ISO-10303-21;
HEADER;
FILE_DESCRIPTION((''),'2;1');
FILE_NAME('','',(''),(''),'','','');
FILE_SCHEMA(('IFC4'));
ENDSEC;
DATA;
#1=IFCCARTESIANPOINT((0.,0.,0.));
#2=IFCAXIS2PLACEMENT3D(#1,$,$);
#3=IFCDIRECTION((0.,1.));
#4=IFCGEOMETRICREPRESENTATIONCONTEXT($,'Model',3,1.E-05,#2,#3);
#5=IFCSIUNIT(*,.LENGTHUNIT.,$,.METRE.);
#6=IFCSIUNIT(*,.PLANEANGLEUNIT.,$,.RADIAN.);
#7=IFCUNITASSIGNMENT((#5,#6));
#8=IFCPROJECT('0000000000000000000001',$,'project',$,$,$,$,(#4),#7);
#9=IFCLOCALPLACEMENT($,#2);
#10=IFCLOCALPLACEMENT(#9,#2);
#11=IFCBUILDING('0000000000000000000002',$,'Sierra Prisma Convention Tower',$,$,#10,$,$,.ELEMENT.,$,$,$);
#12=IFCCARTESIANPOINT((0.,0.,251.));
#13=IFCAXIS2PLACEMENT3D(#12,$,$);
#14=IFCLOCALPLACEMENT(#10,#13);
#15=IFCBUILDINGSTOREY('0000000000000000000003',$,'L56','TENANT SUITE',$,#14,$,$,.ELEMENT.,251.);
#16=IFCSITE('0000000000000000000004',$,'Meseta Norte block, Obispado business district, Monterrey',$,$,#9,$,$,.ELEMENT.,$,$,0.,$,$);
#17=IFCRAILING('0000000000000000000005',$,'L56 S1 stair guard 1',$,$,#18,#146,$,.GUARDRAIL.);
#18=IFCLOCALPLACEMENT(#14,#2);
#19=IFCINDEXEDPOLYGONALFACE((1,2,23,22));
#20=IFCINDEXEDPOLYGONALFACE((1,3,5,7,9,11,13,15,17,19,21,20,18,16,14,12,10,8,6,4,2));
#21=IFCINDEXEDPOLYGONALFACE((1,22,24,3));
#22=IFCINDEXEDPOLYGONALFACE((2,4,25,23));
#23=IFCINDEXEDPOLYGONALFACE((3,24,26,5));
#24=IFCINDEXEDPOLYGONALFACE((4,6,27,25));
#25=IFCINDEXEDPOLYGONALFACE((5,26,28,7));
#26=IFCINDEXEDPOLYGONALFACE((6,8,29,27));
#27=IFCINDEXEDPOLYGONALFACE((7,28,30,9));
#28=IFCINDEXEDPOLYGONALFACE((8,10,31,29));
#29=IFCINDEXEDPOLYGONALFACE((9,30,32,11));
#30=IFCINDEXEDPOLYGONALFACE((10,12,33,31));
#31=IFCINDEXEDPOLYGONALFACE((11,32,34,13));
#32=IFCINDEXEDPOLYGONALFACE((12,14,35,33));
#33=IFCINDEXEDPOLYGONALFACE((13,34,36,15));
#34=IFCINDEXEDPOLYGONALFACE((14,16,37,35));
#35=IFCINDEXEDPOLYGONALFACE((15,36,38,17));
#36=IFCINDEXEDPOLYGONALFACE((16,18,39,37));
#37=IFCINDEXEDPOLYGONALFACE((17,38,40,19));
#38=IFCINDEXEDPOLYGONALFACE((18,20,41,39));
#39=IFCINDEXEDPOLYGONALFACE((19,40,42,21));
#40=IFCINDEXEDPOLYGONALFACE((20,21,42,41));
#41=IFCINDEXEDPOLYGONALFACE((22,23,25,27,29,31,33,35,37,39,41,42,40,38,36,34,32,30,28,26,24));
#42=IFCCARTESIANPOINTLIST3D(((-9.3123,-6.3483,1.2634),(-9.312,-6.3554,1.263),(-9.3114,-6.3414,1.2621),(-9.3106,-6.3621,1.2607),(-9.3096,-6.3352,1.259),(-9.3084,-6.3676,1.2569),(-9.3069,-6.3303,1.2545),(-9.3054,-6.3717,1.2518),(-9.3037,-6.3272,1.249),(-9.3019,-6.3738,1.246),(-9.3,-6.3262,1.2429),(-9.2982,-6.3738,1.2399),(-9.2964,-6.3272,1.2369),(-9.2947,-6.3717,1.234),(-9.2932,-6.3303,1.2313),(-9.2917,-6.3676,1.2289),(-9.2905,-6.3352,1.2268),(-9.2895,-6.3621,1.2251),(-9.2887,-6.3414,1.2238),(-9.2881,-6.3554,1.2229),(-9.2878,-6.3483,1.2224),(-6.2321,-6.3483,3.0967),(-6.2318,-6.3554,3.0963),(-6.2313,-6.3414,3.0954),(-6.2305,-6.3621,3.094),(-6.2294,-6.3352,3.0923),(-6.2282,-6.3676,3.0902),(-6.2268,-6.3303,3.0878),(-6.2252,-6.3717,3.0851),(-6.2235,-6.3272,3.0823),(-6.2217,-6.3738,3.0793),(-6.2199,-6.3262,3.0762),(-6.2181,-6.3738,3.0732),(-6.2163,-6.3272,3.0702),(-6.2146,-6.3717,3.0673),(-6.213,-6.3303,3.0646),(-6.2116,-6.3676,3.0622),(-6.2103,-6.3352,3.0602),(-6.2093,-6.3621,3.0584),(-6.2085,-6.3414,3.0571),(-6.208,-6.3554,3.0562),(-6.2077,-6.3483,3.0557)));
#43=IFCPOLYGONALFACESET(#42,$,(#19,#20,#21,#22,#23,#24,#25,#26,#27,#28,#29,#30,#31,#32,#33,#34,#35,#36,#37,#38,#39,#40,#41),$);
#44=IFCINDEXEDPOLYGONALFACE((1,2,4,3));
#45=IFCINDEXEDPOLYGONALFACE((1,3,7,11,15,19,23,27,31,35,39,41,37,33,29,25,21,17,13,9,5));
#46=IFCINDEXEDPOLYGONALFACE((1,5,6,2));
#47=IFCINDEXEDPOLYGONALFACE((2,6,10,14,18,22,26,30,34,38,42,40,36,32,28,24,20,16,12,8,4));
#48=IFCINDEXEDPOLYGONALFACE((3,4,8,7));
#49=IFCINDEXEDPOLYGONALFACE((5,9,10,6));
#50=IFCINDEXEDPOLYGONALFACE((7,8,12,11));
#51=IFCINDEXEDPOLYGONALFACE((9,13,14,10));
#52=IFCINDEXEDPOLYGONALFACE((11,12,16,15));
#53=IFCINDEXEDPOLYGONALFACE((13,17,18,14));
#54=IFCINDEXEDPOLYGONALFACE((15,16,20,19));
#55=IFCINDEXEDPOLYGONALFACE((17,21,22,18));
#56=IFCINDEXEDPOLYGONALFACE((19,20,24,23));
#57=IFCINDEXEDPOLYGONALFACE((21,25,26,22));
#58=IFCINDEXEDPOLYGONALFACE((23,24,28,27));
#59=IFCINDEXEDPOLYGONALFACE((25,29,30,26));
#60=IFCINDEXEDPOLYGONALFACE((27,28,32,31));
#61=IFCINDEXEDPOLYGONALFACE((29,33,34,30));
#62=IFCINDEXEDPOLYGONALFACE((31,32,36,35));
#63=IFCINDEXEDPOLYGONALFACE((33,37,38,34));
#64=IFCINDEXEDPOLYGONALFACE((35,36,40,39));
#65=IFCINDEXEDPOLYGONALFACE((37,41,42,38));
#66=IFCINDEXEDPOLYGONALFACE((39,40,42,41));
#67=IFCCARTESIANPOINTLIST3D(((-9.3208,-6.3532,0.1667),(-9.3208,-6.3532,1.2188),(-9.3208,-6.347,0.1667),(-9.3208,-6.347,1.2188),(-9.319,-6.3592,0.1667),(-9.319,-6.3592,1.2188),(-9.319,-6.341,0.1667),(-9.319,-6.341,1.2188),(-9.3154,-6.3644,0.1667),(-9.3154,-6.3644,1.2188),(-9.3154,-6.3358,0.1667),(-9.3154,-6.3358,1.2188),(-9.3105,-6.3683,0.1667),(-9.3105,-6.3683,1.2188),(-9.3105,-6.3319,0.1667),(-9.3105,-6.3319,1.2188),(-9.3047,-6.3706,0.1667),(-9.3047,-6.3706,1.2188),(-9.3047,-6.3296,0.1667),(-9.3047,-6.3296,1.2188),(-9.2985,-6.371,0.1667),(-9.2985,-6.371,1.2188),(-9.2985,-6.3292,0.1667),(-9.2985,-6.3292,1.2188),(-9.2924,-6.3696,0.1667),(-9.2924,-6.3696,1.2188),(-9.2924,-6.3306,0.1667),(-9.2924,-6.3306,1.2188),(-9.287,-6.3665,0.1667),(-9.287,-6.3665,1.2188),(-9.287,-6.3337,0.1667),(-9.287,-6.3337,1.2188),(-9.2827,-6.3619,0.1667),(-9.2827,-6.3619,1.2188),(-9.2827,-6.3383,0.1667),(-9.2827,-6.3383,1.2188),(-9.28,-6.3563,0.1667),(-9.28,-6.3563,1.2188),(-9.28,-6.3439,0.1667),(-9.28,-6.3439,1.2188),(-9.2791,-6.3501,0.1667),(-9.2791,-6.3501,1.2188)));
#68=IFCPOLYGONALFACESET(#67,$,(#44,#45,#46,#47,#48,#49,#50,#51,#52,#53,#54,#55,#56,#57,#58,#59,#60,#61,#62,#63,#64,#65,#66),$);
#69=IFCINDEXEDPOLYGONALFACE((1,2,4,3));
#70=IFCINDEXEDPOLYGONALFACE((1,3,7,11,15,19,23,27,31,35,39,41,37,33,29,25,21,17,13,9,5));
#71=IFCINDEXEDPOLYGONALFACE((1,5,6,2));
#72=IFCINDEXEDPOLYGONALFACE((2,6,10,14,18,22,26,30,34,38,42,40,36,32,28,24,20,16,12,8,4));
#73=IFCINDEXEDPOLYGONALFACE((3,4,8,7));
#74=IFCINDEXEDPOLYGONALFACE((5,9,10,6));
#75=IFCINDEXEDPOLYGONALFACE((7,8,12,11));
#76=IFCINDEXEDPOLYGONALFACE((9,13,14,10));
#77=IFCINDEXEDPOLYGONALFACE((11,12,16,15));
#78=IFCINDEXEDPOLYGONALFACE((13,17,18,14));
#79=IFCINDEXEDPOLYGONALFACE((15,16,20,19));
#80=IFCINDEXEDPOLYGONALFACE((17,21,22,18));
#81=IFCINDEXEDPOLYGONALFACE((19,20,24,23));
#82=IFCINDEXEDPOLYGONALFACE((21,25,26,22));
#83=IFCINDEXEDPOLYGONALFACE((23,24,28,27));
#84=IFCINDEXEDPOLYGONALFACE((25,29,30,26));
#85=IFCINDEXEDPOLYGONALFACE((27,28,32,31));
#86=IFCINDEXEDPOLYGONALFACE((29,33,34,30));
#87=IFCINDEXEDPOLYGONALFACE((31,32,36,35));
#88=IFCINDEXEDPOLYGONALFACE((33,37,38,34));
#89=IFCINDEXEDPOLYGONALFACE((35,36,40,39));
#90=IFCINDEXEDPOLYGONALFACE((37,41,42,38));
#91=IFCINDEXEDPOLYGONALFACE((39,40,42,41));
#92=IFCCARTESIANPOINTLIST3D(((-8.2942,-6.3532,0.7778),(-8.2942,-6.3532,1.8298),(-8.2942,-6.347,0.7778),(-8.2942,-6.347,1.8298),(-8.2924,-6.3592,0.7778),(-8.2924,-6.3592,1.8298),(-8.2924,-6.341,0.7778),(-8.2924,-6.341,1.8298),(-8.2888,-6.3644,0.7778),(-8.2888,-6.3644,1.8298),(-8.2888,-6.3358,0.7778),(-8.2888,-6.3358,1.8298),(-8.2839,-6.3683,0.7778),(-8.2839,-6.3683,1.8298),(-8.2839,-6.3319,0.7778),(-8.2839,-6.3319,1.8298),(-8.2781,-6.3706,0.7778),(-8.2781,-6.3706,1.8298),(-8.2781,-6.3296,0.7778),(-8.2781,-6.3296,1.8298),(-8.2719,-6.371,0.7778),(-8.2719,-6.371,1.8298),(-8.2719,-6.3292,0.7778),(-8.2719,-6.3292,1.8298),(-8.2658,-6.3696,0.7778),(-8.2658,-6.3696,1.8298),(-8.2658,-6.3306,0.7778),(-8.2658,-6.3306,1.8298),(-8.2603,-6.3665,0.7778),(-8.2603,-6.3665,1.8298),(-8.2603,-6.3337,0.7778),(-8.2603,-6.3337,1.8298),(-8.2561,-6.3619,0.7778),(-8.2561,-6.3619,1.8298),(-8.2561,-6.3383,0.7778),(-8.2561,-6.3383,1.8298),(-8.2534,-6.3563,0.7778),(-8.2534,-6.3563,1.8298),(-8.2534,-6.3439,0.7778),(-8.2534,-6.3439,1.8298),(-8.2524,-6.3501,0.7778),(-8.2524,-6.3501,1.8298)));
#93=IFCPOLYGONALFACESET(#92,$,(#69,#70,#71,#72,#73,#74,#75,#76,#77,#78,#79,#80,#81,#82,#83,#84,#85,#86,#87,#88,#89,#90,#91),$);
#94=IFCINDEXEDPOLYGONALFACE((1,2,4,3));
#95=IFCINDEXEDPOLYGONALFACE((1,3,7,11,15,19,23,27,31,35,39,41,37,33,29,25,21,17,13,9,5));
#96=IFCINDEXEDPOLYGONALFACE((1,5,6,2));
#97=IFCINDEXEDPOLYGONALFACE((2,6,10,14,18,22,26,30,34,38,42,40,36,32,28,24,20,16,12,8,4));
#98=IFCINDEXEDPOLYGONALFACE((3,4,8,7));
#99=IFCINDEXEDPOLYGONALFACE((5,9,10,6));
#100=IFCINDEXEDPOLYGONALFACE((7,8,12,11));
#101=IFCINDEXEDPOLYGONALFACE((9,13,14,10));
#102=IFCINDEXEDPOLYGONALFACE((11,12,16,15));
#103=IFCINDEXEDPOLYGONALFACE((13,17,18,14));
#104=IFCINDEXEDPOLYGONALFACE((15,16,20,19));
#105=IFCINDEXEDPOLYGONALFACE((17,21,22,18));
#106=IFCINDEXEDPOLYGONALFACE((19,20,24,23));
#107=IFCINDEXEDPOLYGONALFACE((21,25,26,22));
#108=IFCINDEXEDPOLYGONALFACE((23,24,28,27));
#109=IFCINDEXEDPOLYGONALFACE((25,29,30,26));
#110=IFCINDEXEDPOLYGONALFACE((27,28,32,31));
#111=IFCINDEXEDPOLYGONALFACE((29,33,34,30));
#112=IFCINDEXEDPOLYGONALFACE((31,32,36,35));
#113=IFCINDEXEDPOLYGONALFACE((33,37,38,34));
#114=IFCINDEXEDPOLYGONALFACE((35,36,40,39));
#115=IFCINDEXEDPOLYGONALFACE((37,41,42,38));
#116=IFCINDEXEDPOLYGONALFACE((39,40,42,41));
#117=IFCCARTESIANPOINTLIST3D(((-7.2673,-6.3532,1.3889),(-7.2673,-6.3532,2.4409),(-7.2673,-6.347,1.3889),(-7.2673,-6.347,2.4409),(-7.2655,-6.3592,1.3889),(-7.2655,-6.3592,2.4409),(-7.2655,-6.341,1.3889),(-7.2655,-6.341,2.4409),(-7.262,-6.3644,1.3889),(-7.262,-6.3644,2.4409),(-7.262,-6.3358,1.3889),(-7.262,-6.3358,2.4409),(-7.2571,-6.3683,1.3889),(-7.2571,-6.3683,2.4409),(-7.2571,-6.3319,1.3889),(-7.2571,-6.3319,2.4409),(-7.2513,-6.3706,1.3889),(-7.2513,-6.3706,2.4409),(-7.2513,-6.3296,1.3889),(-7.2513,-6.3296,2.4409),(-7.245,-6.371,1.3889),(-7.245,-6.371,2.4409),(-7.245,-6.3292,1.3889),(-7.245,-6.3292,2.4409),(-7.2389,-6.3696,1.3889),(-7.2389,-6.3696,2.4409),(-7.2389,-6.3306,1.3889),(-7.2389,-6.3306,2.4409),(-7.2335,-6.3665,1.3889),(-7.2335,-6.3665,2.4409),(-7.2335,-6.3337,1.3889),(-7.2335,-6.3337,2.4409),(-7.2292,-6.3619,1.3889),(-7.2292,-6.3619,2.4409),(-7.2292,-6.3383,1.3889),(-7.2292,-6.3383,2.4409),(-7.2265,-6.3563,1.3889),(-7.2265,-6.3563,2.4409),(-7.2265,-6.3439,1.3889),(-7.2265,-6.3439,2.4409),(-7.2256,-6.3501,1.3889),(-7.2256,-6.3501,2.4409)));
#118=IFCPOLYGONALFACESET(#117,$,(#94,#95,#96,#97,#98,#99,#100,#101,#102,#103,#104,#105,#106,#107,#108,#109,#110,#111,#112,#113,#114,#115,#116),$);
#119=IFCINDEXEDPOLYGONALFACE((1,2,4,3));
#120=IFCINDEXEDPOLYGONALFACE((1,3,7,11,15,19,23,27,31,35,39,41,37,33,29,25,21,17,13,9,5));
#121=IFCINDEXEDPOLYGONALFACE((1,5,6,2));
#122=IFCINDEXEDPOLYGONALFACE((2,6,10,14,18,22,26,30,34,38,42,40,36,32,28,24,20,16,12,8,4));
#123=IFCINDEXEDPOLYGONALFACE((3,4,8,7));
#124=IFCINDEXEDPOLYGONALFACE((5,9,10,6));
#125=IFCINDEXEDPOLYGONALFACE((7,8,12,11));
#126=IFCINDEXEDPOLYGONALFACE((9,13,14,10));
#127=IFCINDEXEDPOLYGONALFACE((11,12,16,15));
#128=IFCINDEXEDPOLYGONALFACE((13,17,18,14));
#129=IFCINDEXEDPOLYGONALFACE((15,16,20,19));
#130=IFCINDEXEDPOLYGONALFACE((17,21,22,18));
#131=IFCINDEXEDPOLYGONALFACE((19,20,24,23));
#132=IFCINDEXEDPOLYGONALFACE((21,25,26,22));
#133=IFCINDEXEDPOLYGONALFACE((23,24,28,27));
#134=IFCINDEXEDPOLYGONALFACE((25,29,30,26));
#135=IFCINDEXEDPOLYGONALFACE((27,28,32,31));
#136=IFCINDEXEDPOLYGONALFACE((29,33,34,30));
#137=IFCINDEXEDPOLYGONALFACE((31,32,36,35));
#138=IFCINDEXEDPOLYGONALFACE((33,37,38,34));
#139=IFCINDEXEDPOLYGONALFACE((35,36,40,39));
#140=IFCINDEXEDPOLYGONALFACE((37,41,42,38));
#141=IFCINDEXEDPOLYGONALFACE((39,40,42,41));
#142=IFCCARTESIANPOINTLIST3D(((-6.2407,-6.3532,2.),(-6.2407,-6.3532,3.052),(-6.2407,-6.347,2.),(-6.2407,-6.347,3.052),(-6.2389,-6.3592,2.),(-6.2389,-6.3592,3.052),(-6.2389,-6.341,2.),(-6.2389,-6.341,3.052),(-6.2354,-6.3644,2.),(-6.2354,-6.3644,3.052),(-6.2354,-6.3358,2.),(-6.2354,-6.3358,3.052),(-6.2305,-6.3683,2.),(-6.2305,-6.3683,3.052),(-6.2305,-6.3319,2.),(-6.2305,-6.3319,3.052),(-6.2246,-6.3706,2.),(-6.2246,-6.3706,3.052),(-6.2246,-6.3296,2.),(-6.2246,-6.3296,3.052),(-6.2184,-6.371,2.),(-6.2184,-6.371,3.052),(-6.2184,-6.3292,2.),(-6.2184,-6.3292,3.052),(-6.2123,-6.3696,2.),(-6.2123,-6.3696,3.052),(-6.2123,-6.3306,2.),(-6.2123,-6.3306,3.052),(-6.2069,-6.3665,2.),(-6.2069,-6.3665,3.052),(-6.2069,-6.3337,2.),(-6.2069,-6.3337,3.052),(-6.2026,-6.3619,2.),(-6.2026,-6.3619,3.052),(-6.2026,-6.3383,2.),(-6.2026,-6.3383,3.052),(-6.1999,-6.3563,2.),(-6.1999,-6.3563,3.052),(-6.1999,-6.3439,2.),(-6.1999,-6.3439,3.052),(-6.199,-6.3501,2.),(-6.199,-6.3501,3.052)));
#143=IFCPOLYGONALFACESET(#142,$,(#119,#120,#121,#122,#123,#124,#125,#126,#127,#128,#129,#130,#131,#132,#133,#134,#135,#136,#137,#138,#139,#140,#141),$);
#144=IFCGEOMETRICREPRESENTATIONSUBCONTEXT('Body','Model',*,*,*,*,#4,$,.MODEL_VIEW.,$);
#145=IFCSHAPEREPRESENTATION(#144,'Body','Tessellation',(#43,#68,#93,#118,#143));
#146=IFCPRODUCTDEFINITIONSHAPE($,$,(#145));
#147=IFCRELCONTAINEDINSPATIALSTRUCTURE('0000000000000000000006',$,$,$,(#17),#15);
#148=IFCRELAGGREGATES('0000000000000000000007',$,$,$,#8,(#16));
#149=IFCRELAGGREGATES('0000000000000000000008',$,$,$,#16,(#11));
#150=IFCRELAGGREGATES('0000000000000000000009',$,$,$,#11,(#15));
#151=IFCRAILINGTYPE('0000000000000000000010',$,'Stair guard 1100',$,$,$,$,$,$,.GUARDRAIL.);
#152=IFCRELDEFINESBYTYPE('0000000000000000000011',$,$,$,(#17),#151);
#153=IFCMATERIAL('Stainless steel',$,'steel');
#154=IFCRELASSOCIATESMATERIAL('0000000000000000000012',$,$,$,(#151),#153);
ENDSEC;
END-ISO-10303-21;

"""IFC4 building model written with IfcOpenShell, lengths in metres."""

from ifc_helpers import new_model, si_unit, direction, frame, origin, origin_2d, place, context, subcontext, project, spatial, circle, extrude, material, type_object, element, save


model = new_model("IFC4")

# Units and contexts
model_context = context("Model", 3, precision=1e-05, world=origin(), true_north=direction((0.0, 1.0)))
body_context = subcontext(model_context, "Body", "Model", "MODEL_VIEW")
ifc_project = project(units=[si_unit("LENGTHUNIT", "METRE"), si_unit("PLANEANGLEUNIT", "RADIAN")], contexts=[model_context])

# Site, building, storey
site_placement = place(None, origin())
site = spatial("IfcSite", under=ifc_project, at=site_placement, Name="Meseta Norte block, Obispado business district, Monterrey", CompositionType="ELEMENT", RefElevation=0.0)
building_placement = place(site_placement, origin())
building = spatial("IfcBuilding", under=site, at=building_placement, Name="Sierra Prisma Convention Tower", CompositionType="ELEMENT")
storey_placement = place(building_placement, frame((0.0, 0.0, 251.0)))
storey = spatial("IfcBuildingStorey", under=building, at=storey_placement, Name="L56", Description="TENANT SUITE", CompositionType="ELEMENT", Elevation=251.0)

# Railing
ifc_material_1 = material(Name="Stainless steel", Category="steel")
railing_type_1 = type_object("IfcRailingType", Name="Stair guard 1100", PredefinedType="GUARDRAIL", material=ifc_material_1)
railing_1_placement = place(storey_placement, frame((-9.3, -6.3501, 0.1667)))
element("IfcRailing", 1, at=railing_1_placement, inside=storey, type_object=railing_type_1, Name="L56 S1 stair guard 1", PredefinedType="GUARDRAIL", context=body_context, shape_type="SweptSolid", body=[
    extrude(circle(Radius=0.0239, at=origin_2d()), frame((0.0, 0.0, 1.0762), z_axis=(0.859309, 0.0, 0.511458), x_axis=(0.0, 1.0, 0.0)), (0.0, 0.0, 1.0), 3.5845),
    extrude(circle(Radius=0.021, at=origin_2d()), origin(), (0.0, 0.0, 1.0), 1.052),
    extrude(circle(Radius=0.021, at=origin_2d()), frame((1.0266, 0.0, 0.6111)), (0.0, 0.0, 1.0), 1.052),
    extrude(circle(Radius=0.021, at=origin_2d()), frame((2.0535, 0.0, 1.2222)), (0.0, 0.0, 1.0), 1.052),
    extrude(circle(Radius=0.021, at=origin_2d()), frame((3.0801, 0.0, 1.8333)), (0.0, 0.0, 1.0), 1.052),
])

save(model, "model.ifc")
